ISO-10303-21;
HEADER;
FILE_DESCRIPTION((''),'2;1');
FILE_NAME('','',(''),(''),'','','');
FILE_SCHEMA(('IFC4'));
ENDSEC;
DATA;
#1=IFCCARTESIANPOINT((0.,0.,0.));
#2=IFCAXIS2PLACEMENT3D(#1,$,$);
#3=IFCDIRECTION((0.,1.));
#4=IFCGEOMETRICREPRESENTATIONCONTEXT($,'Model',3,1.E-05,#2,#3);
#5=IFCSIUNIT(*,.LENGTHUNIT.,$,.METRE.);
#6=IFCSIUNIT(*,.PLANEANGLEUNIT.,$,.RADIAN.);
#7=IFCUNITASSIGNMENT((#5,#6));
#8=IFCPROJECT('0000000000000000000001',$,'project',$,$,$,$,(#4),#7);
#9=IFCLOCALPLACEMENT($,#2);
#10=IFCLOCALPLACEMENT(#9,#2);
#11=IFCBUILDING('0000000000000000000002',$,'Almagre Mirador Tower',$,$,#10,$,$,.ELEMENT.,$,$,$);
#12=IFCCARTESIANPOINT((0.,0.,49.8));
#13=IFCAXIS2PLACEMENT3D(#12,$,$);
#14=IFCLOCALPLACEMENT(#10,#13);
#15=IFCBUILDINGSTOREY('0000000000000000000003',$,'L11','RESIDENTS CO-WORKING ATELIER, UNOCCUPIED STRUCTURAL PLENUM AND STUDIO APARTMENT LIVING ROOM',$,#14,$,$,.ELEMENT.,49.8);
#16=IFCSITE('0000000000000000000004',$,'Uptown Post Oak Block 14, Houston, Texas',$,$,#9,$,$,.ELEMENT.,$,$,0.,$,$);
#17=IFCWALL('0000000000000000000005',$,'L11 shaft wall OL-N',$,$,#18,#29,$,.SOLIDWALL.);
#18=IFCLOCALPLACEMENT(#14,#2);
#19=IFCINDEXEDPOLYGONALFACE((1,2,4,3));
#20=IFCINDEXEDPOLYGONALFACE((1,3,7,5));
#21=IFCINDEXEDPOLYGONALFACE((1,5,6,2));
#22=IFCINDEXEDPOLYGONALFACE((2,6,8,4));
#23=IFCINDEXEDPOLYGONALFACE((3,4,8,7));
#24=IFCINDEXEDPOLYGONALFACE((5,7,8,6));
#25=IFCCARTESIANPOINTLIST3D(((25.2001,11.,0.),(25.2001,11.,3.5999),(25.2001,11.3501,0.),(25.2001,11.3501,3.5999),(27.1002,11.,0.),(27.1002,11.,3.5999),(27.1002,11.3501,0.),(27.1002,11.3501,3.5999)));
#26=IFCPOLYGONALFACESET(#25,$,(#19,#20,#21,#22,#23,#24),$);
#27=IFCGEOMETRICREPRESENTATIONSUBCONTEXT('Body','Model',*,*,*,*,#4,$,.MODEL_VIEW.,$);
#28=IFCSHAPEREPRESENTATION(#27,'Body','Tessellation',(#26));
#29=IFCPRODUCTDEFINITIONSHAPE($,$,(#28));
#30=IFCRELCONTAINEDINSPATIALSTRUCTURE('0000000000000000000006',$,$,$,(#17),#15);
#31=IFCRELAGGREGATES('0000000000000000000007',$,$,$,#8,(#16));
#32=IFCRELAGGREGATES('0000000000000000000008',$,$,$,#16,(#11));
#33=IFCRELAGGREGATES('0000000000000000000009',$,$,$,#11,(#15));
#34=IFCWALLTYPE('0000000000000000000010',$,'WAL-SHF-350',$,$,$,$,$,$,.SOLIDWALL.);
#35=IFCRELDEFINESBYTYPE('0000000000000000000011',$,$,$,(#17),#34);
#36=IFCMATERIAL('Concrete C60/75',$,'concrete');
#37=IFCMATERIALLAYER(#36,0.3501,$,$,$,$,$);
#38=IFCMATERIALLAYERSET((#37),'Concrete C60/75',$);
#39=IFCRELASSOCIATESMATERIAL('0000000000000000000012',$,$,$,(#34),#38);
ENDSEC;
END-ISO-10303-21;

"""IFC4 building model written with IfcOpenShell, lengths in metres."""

from ifc_helpers import new_model, si_unit, direction, frame, frame_2d, origin, place, context, subcontext, project, spatial, rectangle, extrude, material, layer, layer_set, type_object, element, save


model = new_model("IFC4")

# Units and contexts
model_context = context("Model", 3, precision=1e-05, world=origin(), true_north=direction((0.0, 1.0)))
body_context = subcontext(model_context, "Body", "Model", "MODEL_VIEW")
ifc_project = project(units=[si_unit("LENGTHUNIT", "METRE"), si_unit("PLANEANGLEUNIT", "RADIAN")], contexts=[model_context])

# Site, building, storey
site_placement = place(None, origin())
site = spatial("IfcSite", under=ifc_project, at=site_placement, Name="Uptown Post Oak Block 14, Houston, Texas", CompositionType="ELEMENT", RefElevation=0.0)
building_placement = place(site_placement, origin())
building = spatial("IfcBuilding", under=site, at=building_placement, Name="Almagre Mirador Tower", CompositionType="ELEMENT")
storey_placement = place(building_placement, frame((0.0, 0.0, 49.8)))
storey = spatial("IfcBuildingStorey", under=building, at=storey_placement, Name="L11", Description="RESIDENTS CO-WORKING ATELIER, UNOCCUPIED STRUCTURAL PLENUM AND STUDIO APARTMENT LIVING ROOM", CompositionType="ELEMENT", Elevation=49.8)

# Wall
ifc_material_1 = material(Name="Concrete C60/75", Category="concrete")
ifc_layer_1 = layer(ifc_material_1, 0.3501)
ifc_layer_set_1 = layer_set([ifc_layer_1], Name="Concrete C60/75")
wall_type_1 = type_object("IfcWallType", Name="WAL-SHF-350", PredefinedType="SOLIDWALL", material=ifc_layer_set_1)
for number, where, z_axis, x_axis, name in (
    (1, (25.2, 11.175, 0.0), (0.0, 0.0, 1.0), (1.0, 0.0, 0.0), "L11 shaft wall OL-N"),
):
    element("IfcWall", number, at=place(storey_placement, frame(where, z_axis=z_axis, x_axis=x_axis)), inside=storey, type_object=wall_type_1, Name=name, PredefinedType="SOLIDWALL", context=body_context, shape_type="SweptSolid", body=[
        extrude(rectangle(XDim=1.9001, YDim=0.3501, at=frame_2d((0.9502, 0.0))), origin(), (0.0, 0.0, 1.0), 3.5999),
    ])

save(model, "model.ifc")
